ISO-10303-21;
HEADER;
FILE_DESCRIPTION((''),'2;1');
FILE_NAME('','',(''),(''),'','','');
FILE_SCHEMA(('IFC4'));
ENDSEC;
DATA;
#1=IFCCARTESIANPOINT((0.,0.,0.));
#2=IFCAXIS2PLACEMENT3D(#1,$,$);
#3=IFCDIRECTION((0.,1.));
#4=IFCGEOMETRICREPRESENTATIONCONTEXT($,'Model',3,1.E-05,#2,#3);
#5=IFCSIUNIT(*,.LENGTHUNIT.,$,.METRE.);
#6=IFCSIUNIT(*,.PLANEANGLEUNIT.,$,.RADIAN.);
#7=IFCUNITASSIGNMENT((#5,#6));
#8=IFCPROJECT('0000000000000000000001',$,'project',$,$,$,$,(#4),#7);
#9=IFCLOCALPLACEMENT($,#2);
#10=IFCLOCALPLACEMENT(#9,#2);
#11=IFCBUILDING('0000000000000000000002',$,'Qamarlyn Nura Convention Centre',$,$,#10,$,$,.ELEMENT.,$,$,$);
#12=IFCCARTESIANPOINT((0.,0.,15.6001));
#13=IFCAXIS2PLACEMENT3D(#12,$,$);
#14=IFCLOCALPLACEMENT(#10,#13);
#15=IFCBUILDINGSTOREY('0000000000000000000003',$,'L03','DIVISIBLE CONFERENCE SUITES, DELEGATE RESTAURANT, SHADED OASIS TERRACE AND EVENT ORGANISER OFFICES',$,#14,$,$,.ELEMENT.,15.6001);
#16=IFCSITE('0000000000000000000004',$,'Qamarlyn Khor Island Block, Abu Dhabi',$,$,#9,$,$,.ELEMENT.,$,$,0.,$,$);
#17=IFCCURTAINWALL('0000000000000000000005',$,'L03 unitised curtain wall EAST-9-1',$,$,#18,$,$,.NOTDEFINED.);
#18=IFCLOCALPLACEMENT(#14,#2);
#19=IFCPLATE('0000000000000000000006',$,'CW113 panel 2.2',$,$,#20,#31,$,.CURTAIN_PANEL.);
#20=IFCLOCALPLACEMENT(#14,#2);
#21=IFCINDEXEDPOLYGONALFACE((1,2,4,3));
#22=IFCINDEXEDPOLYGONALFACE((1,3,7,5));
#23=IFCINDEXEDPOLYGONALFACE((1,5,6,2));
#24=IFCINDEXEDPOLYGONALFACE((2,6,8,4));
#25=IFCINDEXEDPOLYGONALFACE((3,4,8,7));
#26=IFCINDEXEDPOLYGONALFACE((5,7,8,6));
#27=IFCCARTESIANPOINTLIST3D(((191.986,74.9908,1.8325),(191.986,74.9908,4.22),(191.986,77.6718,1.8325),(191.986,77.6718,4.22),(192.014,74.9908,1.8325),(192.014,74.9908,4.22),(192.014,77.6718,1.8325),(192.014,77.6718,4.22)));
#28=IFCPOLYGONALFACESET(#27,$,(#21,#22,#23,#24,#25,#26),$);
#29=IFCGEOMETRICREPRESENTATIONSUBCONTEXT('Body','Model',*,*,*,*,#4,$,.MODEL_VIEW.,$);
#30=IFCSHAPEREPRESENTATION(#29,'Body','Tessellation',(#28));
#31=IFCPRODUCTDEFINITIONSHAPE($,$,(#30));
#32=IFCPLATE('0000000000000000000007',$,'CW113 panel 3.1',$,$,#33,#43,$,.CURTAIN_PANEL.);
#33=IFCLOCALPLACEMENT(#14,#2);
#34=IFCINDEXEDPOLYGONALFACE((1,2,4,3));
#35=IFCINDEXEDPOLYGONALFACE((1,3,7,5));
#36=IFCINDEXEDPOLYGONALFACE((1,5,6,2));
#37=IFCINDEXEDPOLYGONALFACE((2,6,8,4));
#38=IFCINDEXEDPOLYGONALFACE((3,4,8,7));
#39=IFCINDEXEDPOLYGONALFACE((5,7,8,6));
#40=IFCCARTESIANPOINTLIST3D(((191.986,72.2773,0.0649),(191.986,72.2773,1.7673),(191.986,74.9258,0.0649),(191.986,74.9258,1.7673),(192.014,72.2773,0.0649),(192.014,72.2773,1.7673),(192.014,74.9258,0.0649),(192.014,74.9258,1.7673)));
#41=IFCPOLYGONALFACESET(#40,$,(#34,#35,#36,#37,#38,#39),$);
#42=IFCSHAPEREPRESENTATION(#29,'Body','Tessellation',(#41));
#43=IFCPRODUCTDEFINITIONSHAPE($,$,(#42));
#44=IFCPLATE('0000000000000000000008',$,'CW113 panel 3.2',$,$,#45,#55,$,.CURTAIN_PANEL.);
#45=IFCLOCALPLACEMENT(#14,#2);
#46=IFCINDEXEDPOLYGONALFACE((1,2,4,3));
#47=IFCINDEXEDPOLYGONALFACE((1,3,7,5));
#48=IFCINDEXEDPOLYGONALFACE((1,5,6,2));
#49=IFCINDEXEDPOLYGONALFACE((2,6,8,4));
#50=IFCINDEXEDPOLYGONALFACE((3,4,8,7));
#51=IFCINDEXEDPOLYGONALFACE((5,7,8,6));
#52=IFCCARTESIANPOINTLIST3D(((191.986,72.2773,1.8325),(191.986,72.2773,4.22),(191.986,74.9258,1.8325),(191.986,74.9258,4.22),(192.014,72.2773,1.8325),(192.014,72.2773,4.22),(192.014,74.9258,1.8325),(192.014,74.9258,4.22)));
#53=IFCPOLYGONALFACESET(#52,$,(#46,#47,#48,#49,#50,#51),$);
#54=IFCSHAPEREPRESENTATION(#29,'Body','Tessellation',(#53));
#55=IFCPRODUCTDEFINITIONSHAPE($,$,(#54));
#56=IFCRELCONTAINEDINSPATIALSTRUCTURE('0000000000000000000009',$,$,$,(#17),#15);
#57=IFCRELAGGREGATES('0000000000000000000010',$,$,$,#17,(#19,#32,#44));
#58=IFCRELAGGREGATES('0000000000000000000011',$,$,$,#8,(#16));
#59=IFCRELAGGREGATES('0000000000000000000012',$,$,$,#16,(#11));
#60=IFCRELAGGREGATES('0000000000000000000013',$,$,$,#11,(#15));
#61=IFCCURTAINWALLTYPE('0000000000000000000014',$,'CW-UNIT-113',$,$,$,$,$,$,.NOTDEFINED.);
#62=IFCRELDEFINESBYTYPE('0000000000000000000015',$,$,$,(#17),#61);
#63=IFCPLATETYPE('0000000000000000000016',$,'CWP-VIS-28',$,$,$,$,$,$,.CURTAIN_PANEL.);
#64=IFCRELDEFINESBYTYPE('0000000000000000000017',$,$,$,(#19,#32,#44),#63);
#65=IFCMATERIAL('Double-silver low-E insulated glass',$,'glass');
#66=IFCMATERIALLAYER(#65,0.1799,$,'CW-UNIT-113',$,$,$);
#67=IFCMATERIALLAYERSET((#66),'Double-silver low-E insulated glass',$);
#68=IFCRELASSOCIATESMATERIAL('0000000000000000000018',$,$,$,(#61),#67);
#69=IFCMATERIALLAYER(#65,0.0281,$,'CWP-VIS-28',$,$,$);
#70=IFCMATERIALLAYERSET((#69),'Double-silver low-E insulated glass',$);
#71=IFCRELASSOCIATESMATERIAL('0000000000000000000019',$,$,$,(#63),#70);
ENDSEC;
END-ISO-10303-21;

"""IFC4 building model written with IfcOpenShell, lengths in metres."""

from ifc_helpers import new_model, si_unit, direction, frame, origin, origin_2d, place, context, subcontext, project, spatial, rectangle, extrude, material, layer, layer_set, type_object, element, aggregate, save


model = new_model("IFC4")

# Units and contexts
model_context = context("Model", 3, precision=1e-05, world=origin(), true_north=direction((0.0, 1.0)))
body_context = subcontext(model_context, "Body", "Model", "MODEL_VIEW")
ifc_project = project(units=[si_unit("LENGTHUNIT", "METRE"), si_unit("PLANEANGLEUNIT", "RADIAN")], contexts=[model_context])

# Site, building, storey
site_placement = place(None, origin())
site = spatial("IfcSite", under=ifc_project, at=site_placement, Name="Qamarlyn Khor Island Block, Abu Dhabi", CompositionType="ELEMENT", RefElevation=0.0)
building_placement = place(site_placement, origin())
building = spatial("IfcBuilding", under=site, at=building_placement, Name="Qamarlyn Nura Convention Centre", CompositionType="ELEMENT")
storey_placement = place(building_placement, frame((0.0, 0.0, 15.6001)))
storey = spatial("IfcBuildingStorey", under=building, at=storey_placement, Name="L03", Description="DIVISIBLE CONFERENCE SUITES, DELEGATE RESTAURANT, SHADED OASIS TERRACE AND EVENT ORGANISER OFFICES", CompositionType="ELEMENT", Elevation=15.6001)

# Curtain wall
ifc_material_1 = material(Name="Double-silver low-E insulated glass", Category="glass")
ifc_layer_1 = layer(ifc_material_1, 0.1799, Name="CW-UNIT-113")
ifc_layer_set_1 = layer_set([ifc_layer_1], Name="Double-silver low-E insulated glass")
curtain_wall_type_1 = type_object("IfcCurtainWallType", Name="CW-UNIT-113", PredefinedType="NOTDEFINED", material=ifc_layer_set_1)
curtain_wall_1_placement = place(storey_placement, origin())
curtain_wall_1 = element("IfcCurtainWall", 1, at=curtain_wall_1_placement, inside=storey, type_object=curtain_wall_type_1, Name="L03 unitised curtain wall EAST-9-1", PredefinedType="NOTDEFINED")

# Plates
ifc_layer_2 = layer(ifc_material_1, 0.0281, Name="CWP-VIS-28")
ifc_layer_set_2 = layer_set([ifc_layer_2], Name="Double-silver low-E insulated glass")
plate_type = type_object("IfcPlateType", Name="CWP-VIS-28", PredefinedType="CURTAIN_PANEL", material=ifc_layer_set_2)
plate_1_placement = place(storey_placement, frame((192.0, 76.3313, 1.8325), z_axis=(0.0, 0.0, 1.0), x_axis=(0.0, -1.0, 0.0)))
plate_1 = element("IfcPlate", 2, at=plate_1_placement, type_object=plate_type, Name="CW113 panel 2.2", PredefinedType="CURTAIN_PANEL", context=body_context, shape_type="SweptSolid", body=[
    extrude(rectangle(XDim=2.6809, YDim=0.0281, at=origin_2d()), origin(), (0.0, 0.0, 1.0), 2.3875),
])
plate_2_placement = place(storey_placement, frame((192.0, 73.6016, 0.0649), z_axis=(0.0, 0.0, 1.0), x_axis=(0.0, -1.0, 0.0)))
plate_2 = element("IfcPlate", 3, at=plate_2_placement, type_object=plate_type, Name="CW113 panel 3.1", PredefinedType="CURTAIN_PANEL", context=body_context, shape_type="SweptSolid", body=[
    extrude(rectangle(XDim=2.6484, YDim=0.0281, at=origin_2d()), origin(), (0.0, 0.0, 1.0), 1.7024),
])
plate_3_placement = place(storey_placement, frame((192.0, 73.6016, 1.8325), z_axis=(0.0, 0.0, 1.0), x_axis=(0.0, -1.0, 0.0)))
plate_3 = element("IfcPlate", 4, at=plate_3_placement, type_object=plate_type, Name="CW113 panel 3.2", PredefinedType="CURTAIN_PANEL", context=body_context, shape_type="SweptSolid", body=[
    extrude(rectangle(XDim=2.6484, YDim=0.0281, at=origin_2d()), origin(), (0.0, 0.0, 1.0), 2.3875),
])
aggregate(curtain_wall_1, [plate_1, plate_2, plate_3])

save(model, "model.ifc")
